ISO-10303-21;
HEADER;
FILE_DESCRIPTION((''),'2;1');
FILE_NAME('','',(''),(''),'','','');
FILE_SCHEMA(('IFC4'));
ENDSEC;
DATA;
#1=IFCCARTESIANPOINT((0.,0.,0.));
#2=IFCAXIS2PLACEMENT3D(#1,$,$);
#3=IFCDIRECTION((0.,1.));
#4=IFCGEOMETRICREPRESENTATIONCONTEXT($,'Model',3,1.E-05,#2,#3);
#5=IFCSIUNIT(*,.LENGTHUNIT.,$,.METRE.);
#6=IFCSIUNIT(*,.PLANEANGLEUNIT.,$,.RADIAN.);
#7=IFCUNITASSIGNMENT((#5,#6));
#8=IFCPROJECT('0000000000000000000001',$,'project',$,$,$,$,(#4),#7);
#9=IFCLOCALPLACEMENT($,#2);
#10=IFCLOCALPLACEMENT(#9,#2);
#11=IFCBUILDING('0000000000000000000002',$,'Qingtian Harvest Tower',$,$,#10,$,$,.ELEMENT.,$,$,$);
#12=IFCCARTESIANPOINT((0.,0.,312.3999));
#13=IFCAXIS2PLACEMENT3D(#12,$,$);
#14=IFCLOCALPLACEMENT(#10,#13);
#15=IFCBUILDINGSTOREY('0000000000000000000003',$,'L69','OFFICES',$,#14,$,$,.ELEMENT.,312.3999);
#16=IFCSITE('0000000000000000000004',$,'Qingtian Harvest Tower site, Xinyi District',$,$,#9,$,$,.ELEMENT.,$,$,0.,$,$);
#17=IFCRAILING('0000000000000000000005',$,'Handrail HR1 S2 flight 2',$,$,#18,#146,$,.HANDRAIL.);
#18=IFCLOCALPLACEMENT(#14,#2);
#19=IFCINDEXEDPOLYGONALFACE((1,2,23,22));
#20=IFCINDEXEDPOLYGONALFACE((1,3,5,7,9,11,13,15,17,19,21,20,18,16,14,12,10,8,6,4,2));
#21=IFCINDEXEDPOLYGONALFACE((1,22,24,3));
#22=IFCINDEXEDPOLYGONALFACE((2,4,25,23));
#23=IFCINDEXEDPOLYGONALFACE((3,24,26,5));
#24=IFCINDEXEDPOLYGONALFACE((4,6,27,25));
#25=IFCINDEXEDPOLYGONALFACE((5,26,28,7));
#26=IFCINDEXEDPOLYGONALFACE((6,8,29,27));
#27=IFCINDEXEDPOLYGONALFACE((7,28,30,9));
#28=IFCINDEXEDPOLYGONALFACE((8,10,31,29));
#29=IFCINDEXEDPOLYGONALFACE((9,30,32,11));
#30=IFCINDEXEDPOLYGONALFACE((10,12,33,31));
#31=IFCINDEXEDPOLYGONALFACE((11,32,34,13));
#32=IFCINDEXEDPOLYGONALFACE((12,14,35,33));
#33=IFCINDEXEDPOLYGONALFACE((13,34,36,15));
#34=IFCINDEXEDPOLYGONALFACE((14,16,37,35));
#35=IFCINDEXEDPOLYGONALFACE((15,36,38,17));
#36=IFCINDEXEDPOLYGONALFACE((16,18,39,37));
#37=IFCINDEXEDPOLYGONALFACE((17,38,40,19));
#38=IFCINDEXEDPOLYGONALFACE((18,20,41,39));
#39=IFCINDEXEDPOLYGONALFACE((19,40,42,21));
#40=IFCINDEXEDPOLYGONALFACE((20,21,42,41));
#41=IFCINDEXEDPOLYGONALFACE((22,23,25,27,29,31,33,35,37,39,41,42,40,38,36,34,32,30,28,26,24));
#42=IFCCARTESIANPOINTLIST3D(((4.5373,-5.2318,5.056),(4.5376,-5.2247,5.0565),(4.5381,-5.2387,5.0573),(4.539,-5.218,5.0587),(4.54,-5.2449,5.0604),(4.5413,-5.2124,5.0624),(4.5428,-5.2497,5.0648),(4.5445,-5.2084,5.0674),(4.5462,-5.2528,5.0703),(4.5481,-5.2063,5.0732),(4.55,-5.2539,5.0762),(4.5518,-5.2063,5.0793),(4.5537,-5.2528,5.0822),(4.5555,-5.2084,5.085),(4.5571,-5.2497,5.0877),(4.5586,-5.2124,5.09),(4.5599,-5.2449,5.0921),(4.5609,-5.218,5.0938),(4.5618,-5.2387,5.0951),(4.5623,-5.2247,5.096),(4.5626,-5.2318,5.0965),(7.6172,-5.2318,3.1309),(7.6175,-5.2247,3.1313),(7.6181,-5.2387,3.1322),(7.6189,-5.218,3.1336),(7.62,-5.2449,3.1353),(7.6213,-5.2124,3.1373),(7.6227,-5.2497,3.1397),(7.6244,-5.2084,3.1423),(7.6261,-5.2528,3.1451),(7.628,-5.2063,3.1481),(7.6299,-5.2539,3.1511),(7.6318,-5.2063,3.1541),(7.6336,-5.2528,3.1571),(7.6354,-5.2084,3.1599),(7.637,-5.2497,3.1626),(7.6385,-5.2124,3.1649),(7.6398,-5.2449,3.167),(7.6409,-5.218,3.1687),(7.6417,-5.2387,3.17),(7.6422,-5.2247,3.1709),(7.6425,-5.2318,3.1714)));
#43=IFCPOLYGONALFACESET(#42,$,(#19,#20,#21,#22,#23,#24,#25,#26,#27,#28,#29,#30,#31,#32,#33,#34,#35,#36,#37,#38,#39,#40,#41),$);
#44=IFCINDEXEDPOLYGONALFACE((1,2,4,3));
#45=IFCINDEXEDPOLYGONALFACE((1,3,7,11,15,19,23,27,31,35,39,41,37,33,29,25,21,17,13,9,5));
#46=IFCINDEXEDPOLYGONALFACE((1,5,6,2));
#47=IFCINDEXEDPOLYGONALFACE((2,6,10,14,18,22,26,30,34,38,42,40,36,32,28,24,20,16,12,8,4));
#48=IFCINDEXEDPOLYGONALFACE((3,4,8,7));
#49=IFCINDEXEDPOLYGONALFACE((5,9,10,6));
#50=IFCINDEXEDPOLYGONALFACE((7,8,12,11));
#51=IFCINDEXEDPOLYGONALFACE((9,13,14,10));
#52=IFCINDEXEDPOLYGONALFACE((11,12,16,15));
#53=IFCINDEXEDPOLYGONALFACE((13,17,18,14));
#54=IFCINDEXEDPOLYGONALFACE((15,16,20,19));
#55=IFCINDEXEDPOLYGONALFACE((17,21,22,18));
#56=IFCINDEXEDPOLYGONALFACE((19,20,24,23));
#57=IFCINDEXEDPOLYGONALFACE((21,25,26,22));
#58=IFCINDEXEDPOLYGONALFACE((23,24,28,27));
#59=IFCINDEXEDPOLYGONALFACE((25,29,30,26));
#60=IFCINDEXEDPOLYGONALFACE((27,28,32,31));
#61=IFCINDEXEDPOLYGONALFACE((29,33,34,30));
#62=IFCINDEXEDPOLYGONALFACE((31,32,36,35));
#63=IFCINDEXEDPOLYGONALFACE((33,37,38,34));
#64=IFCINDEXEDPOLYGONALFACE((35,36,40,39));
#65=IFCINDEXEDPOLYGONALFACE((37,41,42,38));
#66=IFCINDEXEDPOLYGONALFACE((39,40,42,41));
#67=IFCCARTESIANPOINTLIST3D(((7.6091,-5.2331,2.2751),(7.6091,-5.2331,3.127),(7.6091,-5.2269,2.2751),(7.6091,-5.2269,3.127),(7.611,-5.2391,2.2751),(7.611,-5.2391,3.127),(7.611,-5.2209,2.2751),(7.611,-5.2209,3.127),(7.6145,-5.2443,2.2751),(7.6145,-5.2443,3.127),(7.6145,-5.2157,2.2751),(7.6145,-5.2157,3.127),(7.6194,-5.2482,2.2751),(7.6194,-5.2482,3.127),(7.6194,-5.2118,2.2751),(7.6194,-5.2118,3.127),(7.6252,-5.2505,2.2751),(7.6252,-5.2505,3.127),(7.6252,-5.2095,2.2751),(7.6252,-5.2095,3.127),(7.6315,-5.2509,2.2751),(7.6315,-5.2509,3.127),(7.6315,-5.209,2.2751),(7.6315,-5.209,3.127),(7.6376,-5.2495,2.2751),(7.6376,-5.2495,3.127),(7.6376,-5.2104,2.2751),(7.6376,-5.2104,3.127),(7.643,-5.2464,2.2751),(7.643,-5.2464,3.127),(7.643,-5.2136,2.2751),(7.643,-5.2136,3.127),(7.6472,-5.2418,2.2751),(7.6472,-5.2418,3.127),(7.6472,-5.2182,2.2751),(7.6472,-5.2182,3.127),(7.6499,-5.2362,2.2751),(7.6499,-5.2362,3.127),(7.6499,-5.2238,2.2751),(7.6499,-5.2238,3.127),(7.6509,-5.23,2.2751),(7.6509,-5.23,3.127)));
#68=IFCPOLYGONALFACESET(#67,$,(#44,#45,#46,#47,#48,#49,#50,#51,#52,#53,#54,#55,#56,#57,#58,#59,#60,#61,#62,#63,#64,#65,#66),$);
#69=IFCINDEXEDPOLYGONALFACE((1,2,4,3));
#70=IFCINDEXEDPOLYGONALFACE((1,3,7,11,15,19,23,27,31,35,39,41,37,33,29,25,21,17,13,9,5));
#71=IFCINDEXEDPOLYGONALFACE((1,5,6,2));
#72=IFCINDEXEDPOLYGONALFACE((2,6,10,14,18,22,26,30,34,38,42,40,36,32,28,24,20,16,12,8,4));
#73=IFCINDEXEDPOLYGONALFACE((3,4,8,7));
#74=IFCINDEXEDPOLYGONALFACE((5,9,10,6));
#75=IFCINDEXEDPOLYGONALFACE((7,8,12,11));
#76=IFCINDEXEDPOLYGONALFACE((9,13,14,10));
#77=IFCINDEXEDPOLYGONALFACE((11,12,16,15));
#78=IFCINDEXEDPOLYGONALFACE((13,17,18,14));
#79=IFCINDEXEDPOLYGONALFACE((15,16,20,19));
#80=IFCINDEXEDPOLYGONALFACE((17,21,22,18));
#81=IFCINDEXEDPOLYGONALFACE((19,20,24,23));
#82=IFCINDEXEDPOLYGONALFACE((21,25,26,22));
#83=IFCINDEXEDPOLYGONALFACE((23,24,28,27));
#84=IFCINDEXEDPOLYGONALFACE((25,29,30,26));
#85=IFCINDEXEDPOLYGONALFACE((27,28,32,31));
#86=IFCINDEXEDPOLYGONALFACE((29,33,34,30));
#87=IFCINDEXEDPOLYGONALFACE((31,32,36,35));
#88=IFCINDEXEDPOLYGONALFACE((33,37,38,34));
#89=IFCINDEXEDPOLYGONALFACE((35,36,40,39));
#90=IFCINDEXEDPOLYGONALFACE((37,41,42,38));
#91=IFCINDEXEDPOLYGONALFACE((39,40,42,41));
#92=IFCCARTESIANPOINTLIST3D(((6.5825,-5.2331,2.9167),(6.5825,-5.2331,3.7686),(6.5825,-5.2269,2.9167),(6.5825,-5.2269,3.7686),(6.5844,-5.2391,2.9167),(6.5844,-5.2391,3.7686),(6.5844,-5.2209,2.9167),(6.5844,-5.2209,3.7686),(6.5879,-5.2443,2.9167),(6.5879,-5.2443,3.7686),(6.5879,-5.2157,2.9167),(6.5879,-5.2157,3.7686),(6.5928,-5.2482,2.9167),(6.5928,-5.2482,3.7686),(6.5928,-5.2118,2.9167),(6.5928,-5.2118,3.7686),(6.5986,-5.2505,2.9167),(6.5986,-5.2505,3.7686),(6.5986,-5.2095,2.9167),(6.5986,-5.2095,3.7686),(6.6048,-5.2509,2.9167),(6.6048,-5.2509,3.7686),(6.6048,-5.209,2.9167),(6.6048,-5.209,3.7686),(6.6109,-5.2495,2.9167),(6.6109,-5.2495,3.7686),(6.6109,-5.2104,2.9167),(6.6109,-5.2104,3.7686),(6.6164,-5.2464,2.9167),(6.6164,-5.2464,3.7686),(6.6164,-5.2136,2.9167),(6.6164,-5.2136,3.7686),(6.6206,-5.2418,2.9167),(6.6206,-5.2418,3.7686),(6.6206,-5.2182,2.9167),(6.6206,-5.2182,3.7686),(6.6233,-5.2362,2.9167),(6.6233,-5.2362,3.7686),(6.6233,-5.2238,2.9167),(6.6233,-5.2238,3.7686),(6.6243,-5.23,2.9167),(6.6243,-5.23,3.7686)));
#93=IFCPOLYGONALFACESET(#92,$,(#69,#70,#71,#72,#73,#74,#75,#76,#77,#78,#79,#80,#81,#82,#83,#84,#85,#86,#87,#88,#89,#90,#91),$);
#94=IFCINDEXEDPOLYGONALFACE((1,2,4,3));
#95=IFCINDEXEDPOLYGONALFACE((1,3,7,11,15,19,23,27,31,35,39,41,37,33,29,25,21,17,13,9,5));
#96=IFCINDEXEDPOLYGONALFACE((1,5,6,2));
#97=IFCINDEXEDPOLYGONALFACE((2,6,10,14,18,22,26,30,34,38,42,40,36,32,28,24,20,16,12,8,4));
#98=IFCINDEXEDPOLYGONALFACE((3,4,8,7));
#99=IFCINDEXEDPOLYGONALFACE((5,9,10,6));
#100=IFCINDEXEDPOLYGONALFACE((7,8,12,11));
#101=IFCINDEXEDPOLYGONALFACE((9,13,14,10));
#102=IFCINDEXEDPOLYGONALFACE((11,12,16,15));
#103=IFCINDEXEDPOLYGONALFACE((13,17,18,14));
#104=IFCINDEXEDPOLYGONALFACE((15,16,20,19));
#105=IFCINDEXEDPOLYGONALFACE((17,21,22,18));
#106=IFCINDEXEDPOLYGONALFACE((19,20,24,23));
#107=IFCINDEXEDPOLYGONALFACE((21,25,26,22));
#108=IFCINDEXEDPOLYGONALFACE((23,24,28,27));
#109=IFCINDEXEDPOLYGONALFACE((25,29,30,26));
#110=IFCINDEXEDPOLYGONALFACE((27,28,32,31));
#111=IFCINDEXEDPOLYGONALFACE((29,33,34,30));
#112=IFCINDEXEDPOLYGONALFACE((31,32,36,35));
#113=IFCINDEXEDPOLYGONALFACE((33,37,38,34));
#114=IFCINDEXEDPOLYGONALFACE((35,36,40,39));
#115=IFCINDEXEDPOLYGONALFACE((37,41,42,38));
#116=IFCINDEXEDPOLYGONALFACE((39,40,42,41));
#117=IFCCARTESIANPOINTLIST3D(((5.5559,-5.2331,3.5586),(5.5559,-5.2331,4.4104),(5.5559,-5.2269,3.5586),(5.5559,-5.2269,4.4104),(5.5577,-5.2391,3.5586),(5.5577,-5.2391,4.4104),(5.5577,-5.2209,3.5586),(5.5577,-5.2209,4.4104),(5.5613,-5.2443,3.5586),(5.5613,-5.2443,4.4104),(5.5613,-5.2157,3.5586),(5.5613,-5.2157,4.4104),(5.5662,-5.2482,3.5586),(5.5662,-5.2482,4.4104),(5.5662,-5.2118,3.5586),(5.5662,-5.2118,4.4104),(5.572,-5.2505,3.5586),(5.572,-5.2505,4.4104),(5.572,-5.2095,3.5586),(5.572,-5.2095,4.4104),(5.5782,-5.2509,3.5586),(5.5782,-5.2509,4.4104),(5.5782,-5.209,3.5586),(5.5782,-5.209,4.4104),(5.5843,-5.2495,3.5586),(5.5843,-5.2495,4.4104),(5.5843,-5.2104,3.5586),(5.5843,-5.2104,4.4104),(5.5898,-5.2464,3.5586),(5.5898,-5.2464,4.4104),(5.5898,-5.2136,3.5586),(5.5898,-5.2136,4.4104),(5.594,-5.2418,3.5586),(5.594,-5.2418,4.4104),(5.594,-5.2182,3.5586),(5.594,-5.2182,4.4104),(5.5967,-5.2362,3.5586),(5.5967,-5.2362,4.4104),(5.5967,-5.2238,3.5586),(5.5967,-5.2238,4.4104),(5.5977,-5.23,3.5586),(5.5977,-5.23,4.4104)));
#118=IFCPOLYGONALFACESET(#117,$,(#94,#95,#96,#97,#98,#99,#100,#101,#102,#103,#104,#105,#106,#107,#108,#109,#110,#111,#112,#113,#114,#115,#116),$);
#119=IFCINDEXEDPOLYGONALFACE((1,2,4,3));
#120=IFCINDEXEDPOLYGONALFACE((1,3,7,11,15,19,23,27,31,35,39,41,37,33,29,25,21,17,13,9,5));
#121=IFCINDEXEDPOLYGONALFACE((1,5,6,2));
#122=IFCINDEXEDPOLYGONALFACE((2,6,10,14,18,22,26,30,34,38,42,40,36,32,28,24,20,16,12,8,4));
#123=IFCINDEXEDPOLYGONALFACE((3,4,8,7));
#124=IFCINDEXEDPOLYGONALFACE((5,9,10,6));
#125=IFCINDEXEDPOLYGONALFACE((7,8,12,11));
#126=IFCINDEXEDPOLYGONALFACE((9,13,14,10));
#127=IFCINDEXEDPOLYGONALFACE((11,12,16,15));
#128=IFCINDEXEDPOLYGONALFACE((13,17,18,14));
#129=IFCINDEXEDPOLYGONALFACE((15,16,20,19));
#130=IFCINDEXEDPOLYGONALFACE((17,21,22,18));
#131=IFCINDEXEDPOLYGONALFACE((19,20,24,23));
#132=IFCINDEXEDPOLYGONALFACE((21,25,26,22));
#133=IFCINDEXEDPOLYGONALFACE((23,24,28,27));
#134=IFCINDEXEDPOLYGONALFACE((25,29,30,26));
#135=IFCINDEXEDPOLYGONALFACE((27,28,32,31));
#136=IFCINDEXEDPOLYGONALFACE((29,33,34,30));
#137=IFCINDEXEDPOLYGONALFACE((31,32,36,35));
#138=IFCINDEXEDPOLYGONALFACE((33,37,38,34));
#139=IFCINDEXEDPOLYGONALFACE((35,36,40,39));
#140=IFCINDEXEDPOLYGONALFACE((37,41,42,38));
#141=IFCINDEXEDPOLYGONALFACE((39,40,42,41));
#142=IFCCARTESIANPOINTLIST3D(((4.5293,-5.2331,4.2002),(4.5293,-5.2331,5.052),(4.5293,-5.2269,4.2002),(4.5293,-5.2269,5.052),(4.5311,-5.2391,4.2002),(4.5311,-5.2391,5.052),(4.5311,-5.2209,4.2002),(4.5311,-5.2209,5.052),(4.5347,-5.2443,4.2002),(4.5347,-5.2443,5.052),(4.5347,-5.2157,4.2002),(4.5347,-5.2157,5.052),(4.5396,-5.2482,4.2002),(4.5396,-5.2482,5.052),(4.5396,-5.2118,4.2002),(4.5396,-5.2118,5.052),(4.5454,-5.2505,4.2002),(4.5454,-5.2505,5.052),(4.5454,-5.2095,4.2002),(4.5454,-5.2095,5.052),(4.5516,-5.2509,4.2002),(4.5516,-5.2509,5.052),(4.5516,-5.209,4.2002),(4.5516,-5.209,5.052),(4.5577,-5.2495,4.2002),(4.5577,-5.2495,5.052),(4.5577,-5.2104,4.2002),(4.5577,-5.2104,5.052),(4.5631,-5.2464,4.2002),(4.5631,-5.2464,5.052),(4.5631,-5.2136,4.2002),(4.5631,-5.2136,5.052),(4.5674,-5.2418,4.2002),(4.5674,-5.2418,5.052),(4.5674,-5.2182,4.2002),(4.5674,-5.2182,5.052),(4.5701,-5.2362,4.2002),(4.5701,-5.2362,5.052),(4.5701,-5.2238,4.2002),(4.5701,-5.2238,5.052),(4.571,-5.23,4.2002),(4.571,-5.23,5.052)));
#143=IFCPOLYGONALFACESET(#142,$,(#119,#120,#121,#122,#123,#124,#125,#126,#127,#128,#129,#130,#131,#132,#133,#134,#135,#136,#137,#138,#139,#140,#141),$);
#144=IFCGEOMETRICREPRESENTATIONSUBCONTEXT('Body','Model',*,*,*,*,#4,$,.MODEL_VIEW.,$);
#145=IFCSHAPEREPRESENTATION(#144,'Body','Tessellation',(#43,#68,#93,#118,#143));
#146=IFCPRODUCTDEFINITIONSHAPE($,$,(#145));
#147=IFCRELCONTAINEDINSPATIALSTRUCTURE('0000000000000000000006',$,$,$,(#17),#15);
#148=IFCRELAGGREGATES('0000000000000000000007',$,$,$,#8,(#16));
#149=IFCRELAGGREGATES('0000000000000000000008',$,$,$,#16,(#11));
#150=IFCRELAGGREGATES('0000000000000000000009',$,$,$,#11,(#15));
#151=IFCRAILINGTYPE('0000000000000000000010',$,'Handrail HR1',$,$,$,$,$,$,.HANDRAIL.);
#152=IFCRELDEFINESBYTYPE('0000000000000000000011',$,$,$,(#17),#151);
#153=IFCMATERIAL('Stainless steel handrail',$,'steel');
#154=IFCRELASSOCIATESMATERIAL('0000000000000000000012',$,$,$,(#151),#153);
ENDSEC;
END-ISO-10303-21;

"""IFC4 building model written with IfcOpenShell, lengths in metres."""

from ifc_helpers import new_model, si_unit, direction, frame, origin, origin_2d, place, context, subcontext, project, spatial, circle, extrude, material, type_object, element, save


model = new_model("IFC4")

# Units and contexts
model_context = context("Model", 3, precision=1e-05, world=origin(), true_north=direction((0.0, 1.0)))
body_context = subcontext(model_context, "Body", "Model", "MODEL_VIEW")
ifc_project = project(units=[si_unit("LENGTHUNIT", "METRE"), si_unit("PLANEANGLEUNIT", "RADIAN")], contexts=[model_context])

# Site, building, storey
site_placement = place(None, origin())
site = spatial("IfcSite", under=ifc_project, at=site_placement, Name="Qingtian Harvest Tower site, Xinyi District", CompositionType="ELEMENT", RefElevation=0.0)
building_placement = place(site_placement, origin())
building = spatial("IfcBuilding", under=site, at=building_placement, Name="Qingtian Harvest Tower", CompositionType="ELEMENT")
storey_placement = place(building_placement, frame((0.0, 0.0, 312.3999)))
storey = spatial("IfcBuildingStorey", under=building, at=storey_placement, Name="L69", Description="OFFICES", CompositionType="ELEMENT", Elevation=312.3999)

# Railing
ifc_material_1 = material(Name="Stainless steel handrail", Category="steel")
railing_type = type_object("IfcRailingType", Name="Handrail HR1", PredefinedType="HANDRAIL", material=ifc_material_1)
railing_1_placement = place(storey_placement, frame((7.6299, -5.23, 2.2751)))
element("IfcRailing", 1, at=railing_1_placement, inside=storey, type_object=railing_type, Name="Handrail HR1 S2 flight 2", PredefinedType="HANDRAIL", context=body_context, shape_type="SweptSolid", body=[
    extrude(circle(Radius=0.0239, at=origin_2d()), frame((0.0, 0.0, 0.876), z_axis=(-0.847979, 0.0, 0.530029), x_axis=(0.0, -1.0, 0.0)), (0.0, 0.0, 1.0), 3.6321),
    extrude(circle(Radius=0.021, at=origin_2d()), origin(), (0.0, 0.0, 1.0), 0.8518),
    extrude(circle(Radius=0.021, at=origin_2d()), frame((-1.0266, 0.0, 0.6416)), (0.0, 0.0, 1.0), 0.8518),
    extrude(circle(Radius=0.021, at=origin_2d()), frame((-2.0532, 0.0, 1.2834)), (0.0, 0.0, 1.0), 0.8518),
    extrude(circle(Radius=0.021, at=origin_2d()), frame((-3.0798, 0.0, 1.925)), (0.0, 0.0, 1.0), 0.8518),
])

save(model, "model.ifc")
